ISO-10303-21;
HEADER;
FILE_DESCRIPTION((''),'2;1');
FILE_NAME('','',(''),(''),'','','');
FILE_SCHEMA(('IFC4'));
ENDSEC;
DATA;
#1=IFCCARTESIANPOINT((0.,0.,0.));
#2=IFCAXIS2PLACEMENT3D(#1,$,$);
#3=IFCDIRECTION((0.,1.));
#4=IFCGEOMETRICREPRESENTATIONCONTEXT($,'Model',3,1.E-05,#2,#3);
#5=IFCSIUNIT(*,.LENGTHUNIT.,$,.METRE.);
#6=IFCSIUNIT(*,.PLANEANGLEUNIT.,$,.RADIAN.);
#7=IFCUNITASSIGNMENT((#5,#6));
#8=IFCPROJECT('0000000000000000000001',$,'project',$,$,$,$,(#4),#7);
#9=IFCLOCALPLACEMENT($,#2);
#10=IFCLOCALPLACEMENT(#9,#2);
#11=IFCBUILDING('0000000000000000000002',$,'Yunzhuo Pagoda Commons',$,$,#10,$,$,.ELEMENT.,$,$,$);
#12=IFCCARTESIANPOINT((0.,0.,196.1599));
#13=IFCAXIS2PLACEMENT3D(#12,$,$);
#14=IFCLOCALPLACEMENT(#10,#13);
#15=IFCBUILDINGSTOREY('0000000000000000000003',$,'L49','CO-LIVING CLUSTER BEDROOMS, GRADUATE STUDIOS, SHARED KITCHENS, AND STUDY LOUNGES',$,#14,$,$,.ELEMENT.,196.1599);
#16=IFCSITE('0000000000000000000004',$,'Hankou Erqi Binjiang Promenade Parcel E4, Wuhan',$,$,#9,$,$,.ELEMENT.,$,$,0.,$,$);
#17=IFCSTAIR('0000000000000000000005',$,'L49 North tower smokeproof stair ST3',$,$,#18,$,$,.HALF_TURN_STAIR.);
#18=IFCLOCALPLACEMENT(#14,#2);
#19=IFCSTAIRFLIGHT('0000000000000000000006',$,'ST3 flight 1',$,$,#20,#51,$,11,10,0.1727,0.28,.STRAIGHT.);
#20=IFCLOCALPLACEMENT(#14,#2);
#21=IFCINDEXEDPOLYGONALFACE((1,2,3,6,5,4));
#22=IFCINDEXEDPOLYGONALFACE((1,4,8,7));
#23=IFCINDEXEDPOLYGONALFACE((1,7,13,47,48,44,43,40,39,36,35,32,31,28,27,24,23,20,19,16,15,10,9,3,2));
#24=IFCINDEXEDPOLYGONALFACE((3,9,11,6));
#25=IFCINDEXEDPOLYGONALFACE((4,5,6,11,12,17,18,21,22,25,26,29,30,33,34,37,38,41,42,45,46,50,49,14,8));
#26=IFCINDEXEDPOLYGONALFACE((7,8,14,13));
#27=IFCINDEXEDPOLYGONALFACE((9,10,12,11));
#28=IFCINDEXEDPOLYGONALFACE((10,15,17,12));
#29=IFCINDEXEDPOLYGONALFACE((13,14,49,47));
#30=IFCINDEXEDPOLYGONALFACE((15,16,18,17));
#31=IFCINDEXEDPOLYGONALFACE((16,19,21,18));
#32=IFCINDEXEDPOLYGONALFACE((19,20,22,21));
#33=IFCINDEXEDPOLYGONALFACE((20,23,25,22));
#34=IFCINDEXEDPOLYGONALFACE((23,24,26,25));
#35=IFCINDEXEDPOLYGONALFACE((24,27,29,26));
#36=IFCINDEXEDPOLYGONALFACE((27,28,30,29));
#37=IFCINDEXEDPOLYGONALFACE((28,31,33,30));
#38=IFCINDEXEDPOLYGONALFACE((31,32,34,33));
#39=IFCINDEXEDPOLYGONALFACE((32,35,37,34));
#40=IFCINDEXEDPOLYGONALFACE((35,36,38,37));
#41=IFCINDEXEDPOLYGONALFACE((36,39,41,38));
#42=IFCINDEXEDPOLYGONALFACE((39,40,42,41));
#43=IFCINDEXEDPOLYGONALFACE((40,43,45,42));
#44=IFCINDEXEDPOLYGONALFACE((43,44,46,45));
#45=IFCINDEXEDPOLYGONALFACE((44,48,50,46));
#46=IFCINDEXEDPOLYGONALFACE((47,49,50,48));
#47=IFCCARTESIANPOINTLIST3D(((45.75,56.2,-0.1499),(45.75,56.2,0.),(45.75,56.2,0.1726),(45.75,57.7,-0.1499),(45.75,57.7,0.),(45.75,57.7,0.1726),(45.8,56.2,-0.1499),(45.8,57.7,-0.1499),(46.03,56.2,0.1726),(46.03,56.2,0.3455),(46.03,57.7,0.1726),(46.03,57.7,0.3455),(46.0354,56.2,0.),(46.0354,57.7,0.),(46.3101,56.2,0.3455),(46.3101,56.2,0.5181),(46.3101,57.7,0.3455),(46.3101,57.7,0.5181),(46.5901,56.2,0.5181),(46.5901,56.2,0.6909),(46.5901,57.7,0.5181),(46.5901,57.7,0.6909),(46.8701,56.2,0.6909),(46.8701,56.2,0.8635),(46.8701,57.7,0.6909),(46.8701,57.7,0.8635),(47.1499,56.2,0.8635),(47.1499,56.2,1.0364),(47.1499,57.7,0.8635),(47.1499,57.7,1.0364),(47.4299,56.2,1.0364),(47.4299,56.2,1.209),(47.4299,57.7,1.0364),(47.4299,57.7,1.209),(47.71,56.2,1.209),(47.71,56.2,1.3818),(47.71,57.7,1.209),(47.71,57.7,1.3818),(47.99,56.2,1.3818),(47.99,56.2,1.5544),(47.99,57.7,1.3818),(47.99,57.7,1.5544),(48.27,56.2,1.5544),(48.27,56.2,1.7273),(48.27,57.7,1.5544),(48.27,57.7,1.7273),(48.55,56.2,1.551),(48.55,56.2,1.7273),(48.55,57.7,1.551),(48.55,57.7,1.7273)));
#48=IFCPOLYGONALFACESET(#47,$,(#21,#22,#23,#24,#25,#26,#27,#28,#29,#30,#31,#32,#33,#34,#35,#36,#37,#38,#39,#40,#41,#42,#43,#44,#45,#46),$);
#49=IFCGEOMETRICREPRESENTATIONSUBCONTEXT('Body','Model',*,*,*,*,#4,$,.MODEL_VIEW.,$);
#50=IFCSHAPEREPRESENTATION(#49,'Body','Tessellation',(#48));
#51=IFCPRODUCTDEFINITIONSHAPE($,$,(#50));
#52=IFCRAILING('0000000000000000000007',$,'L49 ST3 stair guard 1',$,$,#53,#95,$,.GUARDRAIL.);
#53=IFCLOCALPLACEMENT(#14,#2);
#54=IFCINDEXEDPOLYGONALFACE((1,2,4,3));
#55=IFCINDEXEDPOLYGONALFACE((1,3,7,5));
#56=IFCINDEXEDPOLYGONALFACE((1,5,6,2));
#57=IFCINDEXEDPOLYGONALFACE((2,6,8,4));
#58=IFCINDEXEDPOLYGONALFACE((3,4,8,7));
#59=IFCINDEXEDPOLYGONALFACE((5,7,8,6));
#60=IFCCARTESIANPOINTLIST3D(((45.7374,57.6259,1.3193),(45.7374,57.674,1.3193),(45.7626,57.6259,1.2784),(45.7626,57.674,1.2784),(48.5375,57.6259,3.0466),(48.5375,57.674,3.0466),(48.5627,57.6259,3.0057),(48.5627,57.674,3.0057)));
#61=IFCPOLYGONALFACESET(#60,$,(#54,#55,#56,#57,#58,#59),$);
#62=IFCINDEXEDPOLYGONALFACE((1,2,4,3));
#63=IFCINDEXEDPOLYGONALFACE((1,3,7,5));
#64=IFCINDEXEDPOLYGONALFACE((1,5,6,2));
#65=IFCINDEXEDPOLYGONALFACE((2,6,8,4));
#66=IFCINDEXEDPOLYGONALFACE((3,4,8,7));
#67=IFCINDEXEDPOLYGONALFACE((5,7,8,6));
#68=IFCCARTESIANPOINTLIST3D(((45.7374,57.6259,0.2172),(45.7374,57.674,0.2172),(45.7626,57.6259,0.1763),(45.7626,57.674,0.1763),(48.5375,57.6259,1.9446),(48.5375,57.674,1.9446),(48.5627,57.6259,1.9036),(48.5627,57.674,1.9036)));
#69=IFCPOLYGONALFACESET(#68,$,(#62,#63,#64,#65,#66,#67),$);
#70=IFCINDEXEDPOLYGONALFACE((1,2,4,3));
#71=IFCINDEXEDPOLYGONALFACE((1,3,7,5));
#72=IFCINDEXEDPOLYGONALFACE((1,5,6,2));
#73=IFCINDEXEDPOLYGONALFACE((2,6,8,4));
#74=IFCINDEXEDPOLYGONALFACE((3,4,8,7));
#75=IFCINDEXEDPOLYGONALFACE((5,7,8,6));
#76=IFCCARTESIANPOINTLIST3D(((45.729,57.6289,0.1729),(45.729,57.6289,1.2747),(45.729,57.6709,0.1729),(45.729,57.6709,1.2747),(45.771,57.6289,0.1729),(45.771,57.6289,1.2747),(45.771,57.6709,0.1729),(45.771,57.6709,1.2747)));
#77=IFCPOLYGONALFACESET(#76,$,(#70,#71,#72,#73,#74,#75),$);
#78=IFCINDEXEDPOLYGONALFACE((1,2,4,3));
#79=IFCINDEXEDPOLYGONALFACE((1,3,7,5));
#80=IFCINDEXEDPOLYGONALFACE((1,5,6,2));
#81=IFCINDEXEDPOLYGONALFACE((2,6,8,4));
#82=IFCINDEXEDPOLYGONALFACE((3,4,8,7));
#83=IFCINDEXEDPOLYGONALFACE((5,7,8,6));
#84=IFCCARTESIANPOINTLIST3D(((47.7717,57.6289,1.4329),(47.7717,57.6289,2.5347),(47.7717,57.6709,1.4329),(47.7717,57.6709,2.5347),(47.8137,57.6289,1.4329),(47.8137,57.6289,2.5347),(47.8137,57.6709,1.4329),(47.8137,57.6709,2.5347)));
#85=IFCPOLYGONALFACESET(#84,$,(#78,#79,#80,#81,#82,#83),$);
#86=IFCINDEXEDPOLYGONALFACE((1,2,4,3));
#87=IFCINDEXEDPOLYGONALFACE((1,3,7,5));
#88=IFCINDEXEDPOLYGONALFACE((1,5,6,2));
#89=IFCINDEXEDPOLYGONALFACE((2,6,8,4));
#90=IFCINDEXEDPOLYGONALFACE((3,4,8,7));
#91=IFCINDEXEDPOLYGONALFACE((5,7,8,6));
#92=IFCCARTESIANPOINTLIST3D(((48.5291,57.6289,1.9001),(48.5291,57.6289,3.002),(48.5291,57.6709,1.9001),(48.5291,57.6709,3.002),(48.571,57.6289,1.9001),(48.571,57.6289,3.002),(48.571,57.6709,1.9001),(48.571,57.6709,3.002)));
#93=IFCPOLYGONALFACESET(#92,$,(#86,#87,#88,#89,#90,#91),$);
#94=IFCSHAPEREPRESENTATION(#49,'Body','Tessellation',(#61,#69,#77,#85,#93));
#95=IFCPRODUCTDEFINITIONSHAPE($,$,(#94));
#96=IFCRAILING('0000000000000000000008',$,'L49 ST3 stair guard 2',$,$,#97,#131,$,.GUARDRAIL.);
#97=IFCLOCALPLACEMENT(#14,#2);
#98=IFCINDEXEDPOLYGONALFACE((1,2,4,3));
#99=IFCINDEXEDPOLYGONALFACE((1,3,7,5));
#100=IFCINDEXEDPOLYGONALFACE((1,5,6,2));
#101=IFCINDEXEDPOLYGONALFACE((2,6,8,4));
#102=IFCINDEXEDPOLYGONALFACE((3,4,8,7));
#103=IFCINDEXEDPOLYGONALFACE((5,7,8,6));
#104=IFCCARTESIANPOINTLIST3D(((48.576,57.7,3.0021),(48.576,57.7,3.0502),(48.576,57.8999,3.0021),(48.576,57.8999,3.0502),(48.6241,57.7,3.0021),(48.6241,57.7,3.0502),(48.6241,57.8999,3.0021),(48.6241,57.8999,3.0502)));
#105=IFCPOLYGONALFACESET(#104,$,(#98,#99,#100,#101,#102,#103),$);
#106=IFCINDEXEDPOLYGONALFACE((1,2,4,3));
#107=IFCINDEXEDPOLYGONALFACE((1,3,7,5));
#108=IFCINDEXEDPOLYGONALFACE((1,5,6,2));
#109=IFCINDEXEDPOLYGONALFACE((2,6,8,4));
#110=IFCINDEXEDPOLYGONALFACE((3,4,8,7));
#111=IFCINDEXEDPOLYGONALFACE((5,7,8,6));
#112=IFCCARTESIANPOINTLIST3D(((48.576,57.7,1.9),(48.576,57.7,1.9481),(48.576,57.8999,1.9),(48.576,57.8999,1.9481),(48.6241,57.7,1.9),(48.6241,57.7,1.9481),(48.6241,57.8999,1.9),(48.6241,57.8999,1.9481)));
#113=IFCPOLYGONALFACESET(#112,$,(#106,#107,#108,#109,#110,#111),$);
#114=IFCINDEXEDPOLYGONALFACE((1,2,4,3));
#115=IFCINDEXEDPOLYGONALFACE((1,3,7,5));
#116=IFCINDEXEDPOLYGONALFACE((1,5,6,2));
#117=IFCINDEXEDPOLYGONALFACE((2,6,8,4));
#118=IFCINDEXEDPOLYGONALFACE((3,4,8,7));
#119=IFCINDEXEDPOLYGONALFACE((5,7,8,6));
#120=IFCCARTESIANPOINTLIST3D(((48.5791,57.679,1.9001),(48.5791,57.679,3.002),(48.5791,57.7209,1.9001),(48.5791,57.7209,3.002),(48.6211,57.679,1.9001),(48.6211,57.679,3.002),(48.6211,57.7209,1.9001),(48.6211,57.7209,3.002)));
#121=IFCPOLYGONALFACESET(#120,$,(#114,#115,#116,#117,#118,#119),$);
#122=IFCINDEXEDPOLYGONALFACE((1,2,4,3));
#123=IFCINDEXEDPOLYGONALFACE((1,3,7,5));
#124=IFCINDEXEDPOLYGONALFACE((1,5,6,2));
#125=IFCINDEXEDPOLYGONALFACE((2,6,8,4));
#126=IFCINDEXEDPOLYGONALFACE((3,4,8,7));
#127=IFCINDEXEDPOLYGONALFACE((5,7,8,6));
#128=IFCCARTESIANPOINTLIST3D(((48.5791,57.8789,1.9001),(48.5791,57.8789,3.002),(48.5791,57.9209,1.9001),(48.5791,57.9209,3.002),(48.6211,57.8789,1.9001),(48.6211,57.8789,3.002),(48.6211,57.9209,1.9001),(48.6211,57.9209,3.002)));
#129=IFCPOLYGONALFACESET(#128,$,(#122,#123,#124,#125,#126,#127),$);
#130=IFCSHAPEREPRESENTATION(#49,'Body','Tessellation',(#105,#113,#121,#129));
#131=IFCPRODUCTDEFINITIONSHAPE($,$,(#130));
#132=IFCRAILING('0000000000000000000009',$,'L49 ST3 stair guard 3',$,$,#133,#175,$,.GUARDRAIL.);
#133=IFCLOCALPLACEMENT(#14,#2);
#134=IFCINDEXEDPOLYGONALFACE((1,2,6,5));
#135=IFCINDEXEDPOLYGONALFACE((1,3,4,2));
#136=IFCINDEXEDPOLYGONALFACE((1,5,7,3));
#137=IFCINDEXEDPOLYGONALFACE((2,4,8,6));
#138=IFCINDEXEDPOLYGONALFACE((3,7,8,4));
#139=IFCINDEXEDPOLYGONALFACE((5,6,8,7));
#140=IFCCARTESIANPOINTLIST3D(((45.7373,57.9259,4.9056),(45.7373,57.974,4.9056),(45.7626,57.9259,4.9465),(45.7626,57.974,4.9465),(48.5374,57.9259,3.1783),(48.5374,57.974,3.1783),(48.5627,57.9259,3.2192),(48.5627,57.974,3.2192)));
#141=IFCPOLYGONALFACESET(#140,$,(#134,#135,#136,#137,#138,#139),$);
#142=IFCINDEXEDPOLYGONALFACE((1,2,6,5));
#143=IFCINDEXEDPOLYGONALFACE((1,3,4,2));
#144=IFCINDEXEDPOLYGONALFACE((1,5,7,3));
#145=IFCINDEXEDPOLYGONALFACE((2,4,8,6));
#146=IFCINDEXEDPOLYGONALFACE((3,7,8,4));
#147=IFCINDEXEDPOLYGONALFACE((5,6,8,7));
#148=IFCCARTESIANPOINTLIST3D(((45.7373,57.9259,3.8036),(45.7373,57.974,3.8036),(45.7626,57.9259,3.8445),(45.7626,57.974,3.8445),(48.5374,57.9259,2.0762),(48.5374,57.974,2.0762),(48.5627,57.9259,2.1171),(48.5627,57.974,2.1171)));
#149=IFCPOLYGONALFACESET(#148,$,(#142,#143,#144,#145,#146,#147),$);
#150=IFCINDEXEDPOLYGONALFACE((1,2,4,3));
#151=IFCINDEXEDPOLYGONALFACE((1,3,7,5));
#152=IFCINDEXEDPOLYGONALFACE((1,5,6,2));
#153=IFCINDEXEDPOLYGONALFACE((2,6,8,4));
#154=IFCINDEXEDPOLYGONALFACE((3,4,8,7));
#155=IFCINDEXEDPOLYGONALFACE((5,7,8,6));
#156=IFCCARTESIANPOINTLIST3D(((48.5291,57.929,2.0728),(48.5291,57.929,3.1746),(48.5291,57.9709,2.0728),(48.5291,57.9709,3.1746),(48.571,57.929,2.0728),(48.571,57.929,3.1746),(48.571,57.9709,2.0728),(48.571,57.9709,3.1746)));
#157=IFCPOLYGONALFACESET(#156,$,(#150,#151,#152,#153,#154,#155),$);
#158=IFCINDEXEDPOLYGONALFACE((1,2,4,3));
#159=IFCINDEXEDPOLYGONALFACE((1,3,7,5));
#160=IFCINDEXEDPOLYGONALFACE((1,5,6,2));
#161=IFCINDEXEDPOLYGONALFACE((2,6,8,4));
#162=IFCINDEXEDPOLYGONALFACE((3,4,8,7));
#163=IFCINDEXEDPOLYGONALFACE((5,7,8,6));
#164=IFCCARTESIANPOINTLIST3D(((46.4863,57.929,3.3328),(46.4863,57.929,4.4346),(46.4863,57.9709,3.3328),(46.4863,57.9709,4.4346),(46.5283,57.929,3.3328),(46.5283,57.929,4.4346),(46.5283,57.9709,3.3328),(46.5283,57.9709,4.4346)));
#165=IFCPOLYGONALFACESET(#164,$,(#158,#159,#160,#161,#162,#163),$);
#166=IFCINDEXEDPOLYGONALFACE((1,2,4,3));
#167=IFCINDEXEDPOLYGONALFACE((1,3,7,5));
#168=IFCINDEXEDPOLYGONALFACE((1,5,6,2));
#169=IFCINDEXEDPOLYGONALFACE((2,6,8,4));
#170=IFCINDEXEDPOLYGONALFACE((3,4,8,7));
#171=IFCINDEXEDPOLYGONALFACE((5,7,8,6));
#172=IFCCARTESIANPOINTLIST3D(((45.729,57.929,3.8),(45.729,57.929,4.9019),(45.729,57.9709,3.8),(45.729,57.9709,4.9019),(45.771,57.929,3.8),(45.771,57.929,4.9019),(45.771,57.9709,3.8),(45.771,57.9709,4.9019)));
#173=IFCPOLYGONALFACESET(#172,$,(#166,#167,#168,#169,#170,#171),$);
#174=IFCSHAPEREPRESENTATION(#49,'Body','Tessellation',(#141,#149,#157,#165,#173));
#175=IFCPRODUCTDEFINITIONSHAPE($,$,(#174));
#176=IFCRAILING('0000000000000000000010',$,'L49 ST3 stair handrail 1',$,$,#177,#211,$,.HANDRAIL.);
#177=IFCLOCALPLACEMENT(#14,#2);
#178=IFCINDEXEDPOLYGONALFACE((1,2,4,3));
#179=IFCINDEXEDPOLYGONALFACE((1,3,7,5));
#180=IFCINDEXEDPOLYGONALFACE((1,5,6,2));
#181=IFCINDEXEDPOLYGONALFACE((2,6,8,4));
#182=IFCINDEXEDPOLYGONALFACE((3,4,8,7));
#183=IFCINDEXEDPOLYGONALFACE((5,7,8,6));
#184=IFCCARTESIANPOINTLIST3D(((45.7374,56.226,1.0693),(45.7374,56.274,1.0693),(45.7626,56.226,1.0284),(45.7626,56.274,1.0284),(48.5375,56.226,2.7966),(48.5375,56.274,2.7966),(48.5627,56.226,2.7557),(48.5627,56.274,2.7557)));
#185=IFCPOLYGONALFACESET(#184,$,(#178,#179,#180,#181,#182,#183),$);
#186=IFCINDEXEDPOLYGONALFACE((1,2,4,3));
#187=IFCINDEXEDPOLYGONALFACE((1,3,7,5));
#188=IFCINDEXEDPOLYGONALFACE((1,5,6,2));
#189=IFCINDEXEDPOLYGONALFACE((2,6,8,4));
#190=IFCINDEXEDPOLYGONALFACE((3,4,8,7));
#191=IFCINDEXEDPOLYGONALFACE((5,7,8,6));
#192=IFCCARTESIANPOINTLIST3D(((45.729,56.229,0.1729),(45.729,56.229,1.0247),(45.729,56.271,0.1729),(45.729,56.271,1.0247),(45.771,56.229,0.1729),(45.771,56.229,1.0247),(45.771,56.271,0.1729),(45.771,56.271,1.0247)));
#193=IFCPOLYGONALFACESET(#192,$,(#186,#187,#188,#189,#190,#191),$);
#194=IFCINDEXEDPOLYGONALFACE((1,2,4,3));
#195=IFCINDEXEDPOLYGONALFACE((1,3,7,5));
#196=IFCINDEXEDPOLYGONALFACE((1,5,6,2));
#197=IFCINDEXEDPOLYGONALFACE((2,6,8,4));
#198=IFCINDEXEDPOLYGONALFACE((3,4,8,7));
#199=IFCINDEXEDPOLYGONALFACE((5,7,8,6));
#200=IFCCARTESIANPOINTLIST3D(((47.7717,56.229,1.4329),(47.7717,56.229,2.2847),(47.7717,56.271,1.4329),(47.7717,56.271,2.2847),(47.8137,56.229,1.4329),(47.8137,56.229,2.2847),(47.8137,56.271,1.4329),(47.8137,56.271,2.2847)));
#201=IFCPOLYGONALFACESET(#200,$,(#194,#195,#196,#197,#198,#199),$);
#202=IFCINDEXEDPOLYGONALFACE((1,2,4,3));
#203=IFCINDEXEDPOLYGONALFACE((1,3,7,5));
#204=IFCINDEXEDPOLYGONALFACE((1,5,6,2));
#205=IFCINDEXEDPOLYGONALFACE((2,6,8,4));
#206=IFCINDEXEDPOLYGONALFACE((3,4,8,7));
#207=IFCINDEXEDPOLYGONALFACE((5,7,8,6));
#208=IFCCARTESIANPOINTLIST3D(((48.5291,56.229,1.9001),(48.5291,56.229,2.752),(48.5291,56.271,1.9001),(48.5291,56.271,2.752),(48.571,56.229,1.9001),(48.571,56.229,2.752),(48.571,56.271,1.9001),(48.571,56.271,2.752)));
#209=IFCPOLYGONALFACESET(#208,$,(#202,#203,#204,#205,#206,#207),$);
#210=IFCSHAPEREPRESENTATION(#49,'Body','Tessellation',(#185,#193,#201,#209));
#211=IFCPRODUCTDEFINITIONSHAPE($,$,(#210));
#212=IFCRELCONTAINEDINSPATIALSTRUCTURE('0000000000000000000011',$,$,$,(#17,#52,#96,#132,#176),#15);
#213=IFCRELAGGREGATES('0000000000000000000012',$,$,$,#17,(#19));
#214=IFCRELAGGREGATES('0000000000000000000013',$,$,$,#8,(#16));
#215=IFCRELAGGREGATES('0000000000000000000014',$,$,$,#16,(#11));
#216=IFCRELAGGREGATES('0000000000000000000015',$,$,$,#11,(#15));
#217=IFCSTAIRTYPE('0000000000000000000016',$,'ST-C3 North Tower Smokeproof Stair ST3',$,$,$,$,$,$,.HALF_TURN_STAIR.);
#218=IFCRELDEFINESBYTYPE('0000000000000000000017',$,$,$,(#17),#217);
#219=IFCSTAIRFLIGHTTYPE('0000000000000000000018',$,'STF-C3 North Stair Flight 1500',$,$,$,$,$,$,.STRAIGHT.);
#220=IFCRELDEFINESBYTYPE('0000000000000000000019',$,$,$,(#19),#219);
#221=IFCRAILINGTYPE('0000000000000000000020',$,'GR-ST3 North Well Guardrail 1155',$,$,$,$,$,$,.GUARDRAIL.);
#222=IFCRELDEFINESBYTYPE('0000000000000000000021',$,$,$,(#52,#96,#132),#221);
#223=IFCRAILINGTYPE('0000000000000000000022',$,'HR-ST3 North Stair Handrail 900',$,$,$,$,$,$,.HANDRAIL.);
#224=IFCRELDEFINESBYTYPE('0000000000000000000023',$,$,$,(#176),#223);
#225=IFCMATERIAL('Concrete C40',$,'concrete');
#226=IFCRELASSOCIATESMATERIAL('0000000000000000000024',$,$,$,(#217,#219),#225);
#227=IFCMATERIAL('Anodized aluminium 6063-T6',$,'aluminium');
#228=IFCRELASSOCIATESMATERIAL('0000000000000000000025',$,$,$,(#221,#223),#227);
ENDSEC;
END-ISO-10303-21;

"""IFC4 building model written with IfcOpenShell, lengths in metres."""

from ifc_helpers import new_model, si_unit, direction, frame, origin, origin_2d, place, context, subcontext, project, spatial, polyline, rectangle, outline, extrude, source, transform, mapped, material, type_object, element, aggregate, save


model = new_model("IFC4")

# Units and contexts
model_context = context("Model", 3, precision=1e-05, world=origin(), true_north=direction((0.0, 1.0)))
body_context = subcontext(model_context, "Body", "Model", "MODEL_VIEW")
ifc_project = project(units=[si_unit("LENGTHUNIT", "METRE"), si_unit("PLANEANGLEUNIT", "RADIAN")], contexts=[model_context])

# Site, building, storey
site_placement = place(None, origin())
site = spatial("IfcSite", under=ifc_project, at=site_placement, Name="Hankou Erqi Binjiang Promenade Parcel E4, Wuhan", CompositionType="ELEMENT", RefElevation=0.0)
building_placement = place(site_placement, origin())
building = spatial("IfcBuilding", under=site, at=building_placement, Name="Yunzhuo Pagoda Commons", CompositionType="ELEMENT")
storey_placement = place(building_placement, frame((0.0, 0.0, 196.1599)))
storey = spatial("IfcBuildingStorey", under=building, at=storey_placement, Name="L49", Description="CO-LIVING CLUSTER BEDROOMS, GRADUATE STUDIOS, SHARED KITCHENS, AND STUDY LOUNGES", CompositionType="ELEMENT", Elevation=196.1599)

# Shared definitions
ifc_material_1 = material(Name="Anodized aluminium 6063-T6", Category="aluminium")

# Stair, stair flight
ifc_material_2 = material(Name="Concrete C40", Category="concrete")
stair_type = type_object("IfcStairType", Name="ST-C3 North Tower Smokeproof Stair ST3", PredefinedType="HALF_TURN_STAIR", material=ifc_material_2)
stair_placement = place(storey_placement, origin())
stair = element("IfcStair", 1, at=stair_placement, inside=storey, type_object=stair_type, Name="L49 North tower smokeproof stair ST3", PredefinedType="HALF_TURN_STAIR")
stair_flight_type = type_object("IfcStairFlightType", Name="STF-C3 North Stair Flight 1500", PredefinedType="STRAIGHT", material=ifc_material_2)
shared_shape_1 = source(origin(), body_context, "Body", "SweptSolid", [
    extrude(outline(polyline([(0.0, -0.1499), (0.0, 0.0), (0.0, 0.1726), (0.28, 0.1726), (0.28, 0.3455), (0.5601, 0.3455), (0.5601, 0.5181), (0.8401, 0.5181), (0.8401, 0.6909), (1.1201, 0.6909), (1.1201, 0.8635), (1.3999, 0.8635), (1.3999, 1.0364), (1.6799, 1.0364), (1.6799, 1.209), (1.96, 1.209), (1.96, 1.3818), (2.24, 1.3818), (2.24, 1.5544), (2.52, 1.5544), (2.52, 1.7273), (2.8, 1.7273), (2.8, 1.8999), (2.8, 1.551), (0.2854, 0.0), (0.05, -0.1499), (0.0, -0.1499)])), frame((0.0, 0.75, 0.0), z_axis=(0.0, -1.0, 0.0), x_axis=(1.0, 0.0, 0.0)), (0.0, 0.0, 1.0), 1.5),
])
stair_flight_placement = place(storey_placement, frame((45.75, 56.95, 0.0), z_axis=(0.0, 0.0, 1.0), x_axis=(1.0, 0.0, 0.0)))
stair_flight = element("IfcStairFlight", 2, at=stair_flight_placement, type_object=stair_flight_type, Name="ST3 flight 1", NumberOfRisers=11, NumberOfTreads=10, PredefinedType="STRAIGHT", RiserHeight=0.1727, TreadLength=0.28, context=body_context, shape_type="MappedRepresentation", body=[
    mapped(shared_shape_1, transform((0.0, 0.0, 0.0), scale=1.0)),
])
aggregate(stair, [stair_flight])

# Railings
railing_type_1 = type_object("IfcRailingType", Name="GR-ST3 North Well Guardrail 1155", PredefinedType="GUARDRAIL", material=ifc_material_1)
railing_1_placement = place(storey_placement, frame((45.75, 57.6499, 0.1729)))
element("IfcRailing", 3, at=railing_1_placement, inside=storey, type_object=railing_type_1, Name="L49 ST3 stair guard 1", PredefinedType="GUARDRAIL", context=body_context, shape_type="SweptSolid", body=[
    extrude(rectangle(XDim=0.0481, YDim=0.0481, at=origin_2d()), frame((0.0, 0.0, 1.126), z_axis=(0.85109, 0.0, 0.52502), x_axis=(0.0, 1.0, 0.0)), (0.0, 0.0, 1.0), 3.29),
    extrude(rectangle(XDim=0.0481, YDim=0.0481, at=origin_2d()), frame((0.0, 0.0, 0.0239), z_axis=(0.85109, 0.0, 0.52502), x_axis=(0.0, 1.0, 0.0)), (0.0, 0.0, 1.0), 3.29),
    extrude(rectangle(XDim=0.042, YDim=0.042, at=origin_2d()), origin(), (0.0, 0.0, 1.0), 1.1018),
    extrude(rectangle(XDim=0.042, YDim=0.042, at=origin_2d()), frame((2.0427, 0.0, 1.26)), (0.0, 0.0, 1.0), 1.1018),
    extrude(rectangle(XDim=0.042, YDim=0.042, at=origin_2d()), frame((2.8, 0.0, 1.7273)), (0.0, 0.0, 1.0), 1.1018),
])
railing_2_placement = place(storey_placement, frame((48.6001, 57.7, 1.9001)))
element("IfcRailing", 4, at=railing_2_placement, inside=storey, type_object=railing_type_1, Name="L49 ST3 stair guard 2", PredefinedType="GUARDRAIL", context=body_context, shape_type="SweptSolid", body=[
    extrude(rectangle(XDim=0.0481, YDim=0.0481, at=origin_2d()), frame((0.0, 0.0, 1.126), z_axis=(0.0, 1.0, 0.0), x_axis=(-1.0, 0.0, 0.0)), (0.0, 0.0, 1.0), 0.2),
    extrude(rectangle(XDim=0.0481, YDim=0.0481, at=origin_2d()), frame((0.0, 0.0, 0.0239), z_axis=(0.0, 1.0, 0.0), x_axis=(-1.0, 0.0, 0.0)), (0.0, 0.0, 1.0), 0.2),
    extrude(rectangle(XDim=0.042, YDim=0.042, at=origin_2d()), origin(), (0.0, 0.0, 1.0), 1.1018),
    extrude(rectangle(XDim=0.042, YDim=0.042, at=origin_2d()), frame((0.0, 0.2, 0.0)), (0.0, 0.0, 1.0), 1.1018),
])
railing_3_placement = place(storey_placement, frame((48.55, 57.95, 2.0728)))
element("IfcRailing", 5, at=railing_3_placement, inside=storey, type_object=railing_type_1, Name="L49 ST3 stair guard 3", PredefinedType="GUARDRAIL", context=body_context, shape_type="SweptSolid", body=[
    extrude(rectangle(XDim=0.0481, YDim=0.0481, at=origin_2d()), frame((0.0, 0.0, 1.126), z_axis=(-0.85109, 0.0, 0.52502), x_axis=(0.0, -1.0, 0.0)), (0.0, 0.0, 1.0), 3.29),
    extrude(rectangle(XDim=0.0481, YDim=0.0481, at=origin_2d()), frame((0.0, 0.0, 0.0239), z_axis=(-0.85109, 0.0, 0.52502), x_axis=(0.0, -1.0, 0.0)), (0.0, 0.0, 1.0), 3.29),
    extrude(rectangle(XDim=0.042, YDim=0.042, at=origin_2d()), origin(), (0.0, 0.0, 1.0), 1.1018),
    extrude(rectangle(XDim=0.042, YDim=0.042, at=origin_2d()), frame((-2.0427, 0.0, 1.26)), (0.0, 0.0, 1.0), 1.1018),
    extrude(rectangle(XDim=0.042, YDim=0.042, at=origin_2d()), frame((-2.8, 0.0, 1.7273)), (0.0, 0.0, 1.0), 1.1018),
])
railing_type_2 = type_object("IfcRailingType", Name="HR-ST3 North Stair Handrail 900", PredefinedType="HANDRAIL", material=ifc_material_1)
railing_4_placement = place(storey_placement, frame((45.75, 56.25, 0.1729)))
element("IfcRailing", 6, at=railing_4_placement, inside=storey, type_object=railing_type_2, Name="L49 ST3 stair handrail 1", PredefinedType="HANDRAIL", context=body_context, shape_type="SweptSolid", body=[
    extrude(rectangle(XDim=0.0481, YDim=0.0481, at=origin_2d()), frame((0.0, 0.0, 0.876), z_axis=(0.85109, 0.0, 0.52502), x_axis=(0.0, 1.0, 0.0)), (0.0, 0.0, 1.0), 3.29),
    extrude(rectangle(XDim=0.042, YDim=0.042, at=origin_2d()), origin(), (0.0, 0.0, 1.0), 0.8518),
    extrude(rectangle(XDim=0.042, YDim=0.042, at=origin_2d()), frame((2.0427, 0.0, 1.26)), (0.0, 0.0, 1.0), 0.8518),
    extrude(rectangle(XDim=0.042, YDim=0.042, at=origin_2d()), frame((2.8, 0.0, 1.7273)), (0.0, 0.0, 1.0), 0.8518),
])

save(model, "model.ifc")
